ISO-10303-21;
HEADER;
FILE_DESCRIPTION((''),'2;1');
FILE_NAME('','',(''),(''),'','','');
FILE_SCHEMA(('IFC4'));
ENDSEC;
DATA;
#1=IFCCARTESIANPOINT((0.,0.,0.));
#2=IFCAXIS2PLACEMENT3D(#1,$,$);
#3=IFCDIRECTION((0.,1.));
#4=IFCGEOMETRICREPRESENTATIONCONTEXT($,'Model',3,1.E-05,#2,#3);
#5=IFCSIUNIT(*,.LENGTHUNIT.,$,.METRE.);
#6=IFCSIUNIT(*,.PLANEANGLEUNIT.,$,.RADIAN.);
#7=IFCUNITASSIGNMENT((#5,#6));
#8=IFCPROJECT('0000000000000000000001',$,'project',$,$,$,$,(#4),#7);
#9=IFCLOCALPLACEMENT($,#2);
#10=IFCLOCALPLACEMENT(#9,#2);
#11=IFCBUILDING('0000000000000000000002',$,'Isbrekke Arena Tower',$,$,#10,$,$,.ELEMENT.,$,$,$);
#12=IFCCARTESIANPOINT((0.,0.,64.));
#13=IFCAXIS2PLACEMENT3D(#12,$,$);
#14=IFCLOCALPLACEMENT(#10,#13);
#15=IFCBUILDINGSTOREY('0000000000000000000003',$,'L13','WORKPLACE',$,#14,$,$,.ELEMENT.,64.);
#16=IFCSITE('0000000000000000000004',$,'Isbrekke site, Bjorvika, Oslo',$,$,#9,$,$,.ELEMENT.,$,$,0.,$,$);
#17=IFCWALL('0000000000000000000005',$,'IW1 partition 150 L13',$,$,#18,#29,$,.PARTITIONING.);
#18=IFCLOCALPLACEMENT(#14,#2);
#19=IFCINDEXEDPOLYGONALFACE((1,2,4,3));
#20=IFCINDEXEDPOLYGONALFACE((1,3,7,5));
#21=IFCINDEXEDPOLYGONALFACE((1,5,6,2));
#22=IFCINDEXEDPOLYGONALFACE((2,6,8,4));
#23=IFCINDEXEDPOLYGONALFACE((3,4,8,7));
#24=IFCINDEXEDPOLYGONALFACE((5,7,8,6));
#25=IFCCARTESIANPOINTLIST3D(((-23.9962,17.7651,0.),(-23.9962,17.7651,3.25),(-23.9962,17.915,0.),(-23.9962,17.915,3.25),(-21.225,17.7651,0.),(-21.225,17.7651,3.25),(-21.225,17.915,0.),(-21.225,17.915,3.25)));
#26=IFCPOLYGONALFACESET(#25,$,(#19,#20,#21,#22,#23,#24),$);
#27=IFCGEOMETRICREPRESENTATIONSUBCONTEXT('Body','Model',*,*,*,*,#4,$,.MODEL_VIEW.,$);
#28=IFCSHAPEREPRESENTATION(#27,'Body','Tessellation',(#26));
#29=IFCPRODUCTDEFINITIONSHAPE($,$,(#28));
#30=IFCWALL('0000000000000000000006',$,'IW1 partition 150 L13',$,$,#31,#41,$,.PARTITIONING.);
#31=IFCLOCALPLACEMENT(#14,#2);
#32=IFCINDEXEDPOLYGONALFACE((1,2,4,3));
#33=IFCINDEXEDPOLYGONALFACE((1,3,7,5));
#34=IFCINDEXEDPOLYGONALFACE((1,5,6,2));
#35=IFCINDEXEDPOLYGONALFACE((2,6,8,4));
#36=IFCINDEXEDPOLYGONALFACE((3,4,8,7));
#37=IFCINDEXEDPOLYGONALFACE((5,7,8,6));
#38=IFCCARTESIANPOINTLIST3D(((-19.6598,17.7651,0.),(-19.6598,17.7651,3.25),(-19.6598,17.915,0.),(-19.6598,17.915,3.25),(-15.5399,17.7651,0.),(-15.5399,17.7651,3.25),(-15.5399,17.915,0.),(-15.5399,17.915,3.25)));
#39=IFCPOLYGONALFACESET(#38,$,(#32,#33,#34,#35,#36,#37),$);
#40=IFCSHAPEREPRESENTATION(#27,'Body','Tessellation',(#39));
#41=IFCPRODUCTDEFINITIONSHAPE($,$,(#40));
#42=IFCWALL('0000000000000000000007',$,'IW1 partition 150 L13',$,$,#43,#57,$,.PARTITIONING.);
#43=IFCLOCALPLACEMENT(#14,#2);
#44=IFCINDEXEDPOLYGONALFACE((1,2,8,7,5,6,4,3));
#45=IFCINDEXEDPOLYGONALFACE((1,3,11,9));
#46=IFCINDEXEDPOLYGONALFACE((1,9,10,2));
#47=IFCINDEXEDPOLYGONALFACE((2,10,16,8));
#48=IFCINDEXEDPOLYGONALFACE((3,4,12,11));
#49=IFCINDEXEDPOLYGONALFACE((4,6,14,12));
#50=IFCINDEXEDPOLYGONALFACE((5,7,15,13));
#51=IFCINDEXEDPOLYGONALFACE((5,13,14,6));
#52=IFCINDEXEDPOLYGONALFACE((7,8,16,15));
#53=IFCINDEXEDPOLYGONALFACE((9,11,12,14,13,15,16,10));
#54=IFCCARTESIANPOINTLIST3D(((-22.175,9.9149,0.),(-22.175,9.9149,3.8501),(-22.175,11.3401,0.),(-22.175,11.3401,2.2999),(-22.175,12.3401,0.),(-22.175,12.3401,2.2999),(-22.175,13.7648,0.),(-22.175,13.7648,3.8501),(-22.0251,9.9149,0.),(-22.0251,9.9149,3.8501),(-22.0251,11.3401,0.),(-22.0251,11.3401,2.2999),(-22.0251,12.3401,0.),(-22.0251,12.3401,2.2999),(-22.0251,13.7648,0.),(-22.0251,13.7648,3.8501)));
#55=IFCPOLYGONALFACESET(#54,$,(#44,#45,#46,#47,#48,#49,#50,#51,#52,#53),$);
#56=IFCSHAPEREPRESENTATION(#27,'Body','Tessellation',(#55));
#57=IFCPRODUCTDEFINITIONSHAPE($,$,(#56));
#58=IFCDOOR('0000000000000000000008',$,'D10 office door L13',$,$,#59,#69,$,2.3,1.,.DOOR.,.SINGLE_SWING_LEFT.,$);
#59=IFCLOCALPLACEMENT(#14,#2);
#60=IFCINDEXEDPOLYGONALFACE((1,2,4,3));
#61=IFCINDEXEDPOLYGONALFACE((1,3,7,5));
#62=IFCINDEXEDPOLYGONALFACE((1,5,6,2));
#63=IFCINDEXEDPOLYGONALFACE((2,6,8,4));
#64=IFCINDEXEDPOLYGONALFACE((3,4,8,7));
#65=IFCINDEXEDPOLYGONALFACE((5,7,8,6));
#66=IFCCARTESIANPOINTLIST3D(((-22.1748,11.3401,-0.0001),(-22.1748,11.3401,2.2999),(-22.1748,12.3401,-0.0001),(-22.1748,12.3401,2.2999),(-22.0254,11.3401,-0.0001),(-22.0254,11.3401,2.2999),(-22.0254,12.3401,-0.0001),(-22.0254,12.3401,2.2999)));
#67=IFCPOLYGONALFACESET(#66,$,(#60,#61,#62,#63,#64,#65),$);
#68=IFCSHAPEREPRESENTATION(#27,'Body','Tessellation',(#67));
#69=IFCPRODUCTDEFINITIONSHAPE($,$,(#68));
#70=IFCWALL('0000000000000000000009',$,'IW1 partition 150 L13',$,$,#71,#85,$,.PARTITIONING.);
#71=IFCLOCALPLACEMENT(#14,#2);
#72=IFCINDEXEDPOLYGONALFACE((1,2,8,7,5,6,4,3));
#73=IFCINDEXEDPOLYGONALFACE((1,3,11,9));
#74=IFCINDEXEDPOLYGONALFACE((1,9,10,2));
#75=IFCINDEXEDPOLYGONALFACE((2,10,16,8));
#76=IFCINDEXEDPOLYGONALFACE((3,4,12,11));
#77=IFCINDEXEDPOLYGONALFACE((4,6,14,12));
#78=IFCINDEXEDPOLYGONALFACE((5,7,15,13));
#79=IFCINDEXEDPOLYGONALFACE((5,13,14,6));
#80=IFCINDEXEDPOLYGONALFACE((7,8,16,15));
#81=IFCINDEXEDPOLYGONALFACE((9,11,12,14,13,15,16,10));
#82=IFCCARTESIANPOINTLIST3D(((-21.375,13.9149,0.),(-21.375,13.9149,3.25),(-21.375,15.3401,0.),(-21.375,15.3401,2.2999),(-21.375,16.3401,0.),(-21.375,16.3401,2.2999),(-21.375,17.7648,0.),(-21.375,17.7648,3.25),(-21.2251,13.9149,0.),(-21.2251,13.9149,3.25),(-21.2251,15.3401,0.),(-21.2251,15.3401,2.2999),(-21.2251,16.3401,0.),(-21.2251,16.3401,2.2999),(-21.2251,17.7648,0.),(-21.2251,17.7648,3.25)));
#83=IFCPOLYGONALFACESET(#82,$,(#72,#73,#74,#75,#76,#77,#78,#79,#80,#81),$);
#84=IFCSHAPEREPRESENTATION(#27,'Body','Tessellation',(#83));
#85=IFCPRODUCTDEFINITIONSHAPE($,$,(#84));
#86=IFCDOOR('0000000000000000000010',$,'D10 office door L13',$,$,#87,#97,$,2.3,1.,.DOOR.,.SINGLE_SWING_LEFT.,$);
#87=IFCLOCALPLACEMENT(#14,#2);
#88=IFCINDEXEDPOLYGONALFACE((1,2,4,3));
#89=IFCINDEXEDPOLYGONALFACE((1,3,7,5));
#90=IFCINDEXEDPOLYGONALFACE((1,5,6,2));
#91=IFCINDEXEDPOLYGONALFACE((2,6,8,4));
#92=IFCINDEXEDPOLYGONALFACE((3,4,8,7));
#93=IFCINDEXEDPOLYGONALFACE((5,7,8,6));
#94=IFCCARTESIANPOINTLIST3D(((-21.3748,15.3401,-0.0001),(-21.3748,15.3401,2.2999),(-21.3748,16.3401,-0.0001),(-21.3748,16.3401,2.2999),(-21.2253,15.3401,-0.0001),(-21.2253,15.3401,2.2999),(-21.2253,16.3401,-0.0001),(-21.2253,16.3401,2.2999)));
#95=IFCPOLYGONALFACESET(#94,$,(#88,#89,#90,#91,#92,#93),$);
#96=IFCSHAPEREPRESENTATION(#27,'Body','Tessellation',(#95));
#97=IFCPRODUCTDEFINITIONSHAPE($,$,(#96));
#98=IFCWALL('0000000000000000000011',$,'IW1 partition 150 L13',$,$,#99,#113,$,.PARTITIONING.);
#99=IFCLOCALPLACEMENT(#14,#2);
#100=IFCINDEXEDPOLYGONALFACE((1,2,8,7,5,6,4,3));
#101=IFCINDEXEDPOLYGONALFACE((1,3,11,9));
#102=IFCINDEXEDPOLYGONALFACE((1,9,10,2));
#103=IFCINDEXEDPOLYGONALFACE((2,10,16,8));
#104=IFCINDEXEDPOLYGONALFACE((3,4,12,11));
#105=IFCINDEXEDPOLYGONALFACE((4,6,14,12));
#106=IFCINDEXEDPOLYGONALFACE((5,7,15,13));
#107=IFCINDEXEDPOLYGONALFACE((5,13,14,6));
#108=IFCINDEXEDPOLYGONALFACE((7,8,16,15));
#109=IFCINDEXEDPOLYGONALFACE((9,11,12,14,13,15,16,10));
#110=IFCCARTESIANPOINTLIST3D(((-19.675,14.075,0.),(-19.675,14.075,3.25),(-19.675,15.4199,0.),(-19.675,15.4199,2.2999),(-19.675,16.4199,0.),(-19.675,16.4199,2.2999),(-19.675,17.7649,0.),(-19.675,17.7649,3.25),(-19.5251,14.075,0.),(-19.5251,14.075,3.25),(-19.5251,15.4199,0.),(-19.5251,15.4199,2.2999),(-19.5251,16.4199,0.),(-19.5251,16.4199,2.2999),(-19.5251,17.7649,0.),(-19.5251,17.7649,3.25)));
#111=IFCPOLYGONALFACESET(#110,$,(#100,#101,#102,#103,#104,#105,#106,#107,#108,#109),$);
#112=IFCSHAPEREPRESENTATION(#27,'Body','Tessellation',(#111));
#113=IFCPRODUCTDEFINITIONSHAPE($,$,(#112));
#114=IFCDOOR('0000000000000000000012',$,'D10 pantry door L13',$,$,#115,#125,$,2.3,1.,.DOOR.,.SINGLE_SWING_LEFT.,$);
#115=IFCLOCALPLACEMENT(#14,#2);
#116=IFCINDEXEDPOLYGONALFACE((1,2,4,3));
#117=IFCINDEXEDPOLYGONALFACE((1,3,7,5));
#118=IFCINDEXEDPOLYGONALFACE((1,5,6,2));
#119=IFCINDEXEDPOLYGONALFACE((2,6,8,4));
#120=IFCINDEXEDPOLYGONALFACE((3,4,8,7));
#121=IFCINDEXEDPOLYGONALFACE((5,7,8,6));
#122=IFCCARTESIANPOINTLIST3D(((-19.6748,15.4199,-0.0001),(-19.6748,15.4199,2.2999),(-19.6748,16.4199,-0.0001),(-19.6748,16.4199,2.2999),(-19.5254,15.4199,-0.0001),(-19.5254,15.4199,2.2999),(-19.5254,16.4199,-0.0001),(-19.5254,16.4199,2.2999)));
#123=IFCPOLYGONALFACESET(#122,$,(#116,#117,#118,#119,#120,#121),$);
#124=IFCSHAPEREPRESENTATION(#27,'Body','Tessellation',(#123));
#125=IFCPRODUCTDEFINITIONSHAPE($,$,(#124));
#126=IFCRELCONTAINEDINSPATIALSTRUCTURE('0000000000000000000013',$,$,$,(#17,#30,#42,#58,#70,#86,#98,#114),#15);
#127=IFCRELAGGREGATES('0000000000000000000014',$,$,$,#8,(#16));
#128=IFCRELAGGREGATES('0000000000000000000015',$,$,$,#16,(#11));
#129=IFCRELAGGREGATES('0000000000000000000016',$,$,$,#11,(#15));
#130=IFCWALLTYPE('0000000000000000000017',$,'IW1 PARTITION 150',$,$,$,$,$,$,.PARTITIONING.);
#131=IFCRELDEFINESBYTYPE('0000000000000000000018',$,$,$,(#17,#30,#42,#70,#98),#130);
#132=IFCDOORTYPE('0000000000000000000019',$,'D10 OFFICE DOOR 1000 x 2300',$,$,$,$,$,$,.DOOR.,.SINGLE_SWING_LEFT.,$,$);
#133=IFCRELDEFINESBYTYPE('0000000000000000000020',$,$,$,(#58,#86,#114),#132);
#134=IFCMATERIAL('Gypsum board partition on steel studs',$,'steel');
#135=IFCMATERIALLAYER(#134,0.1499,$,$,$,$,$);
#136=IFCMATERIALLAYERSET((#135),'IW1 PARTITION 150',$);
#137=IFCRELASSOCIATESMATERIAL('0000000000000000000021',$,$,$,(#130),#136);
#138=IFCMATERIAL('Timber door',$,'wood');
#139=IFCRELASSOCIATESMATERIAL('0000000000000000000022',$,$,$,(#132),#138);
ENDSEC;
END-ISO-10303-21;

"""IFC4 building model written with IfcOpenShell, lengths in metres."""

from ifc_helpers import new_model, si_unit, direction, frame, frame_2d, origin, place, context, subcontext, project, spatial, rectangle, extrude, material, layer, layer_set, type_object, element, fill, save


model = new_model("IFC4")

# Units and contexts
model_context = context("Model", 3, precision=1e-05, world=origin(), true_north=direction((0.0, 1.0)))
body_context = subcontext(model_context, "Body", "Model", "MODEL_VIEW")
ifc_project = project(units=[si_unit("LENGTHUNIT", "METRE"), si_unit("PLANEANGLEUNIT", "RADIAN")], contexts=[model_context])

# Site, building, storey
site_placement = place(None, origin())
site = spatial("IfcSite", under=ifc_project, at=site_placement, Name="Isbrekke site, Bjorvika, Oslo", CompositionType="ELEMENT", RefElevation=0.0)
building_placement = place(site_placement, origin())
building = spatial("IfcBuilding", under=site, at=building_placement, Name="Isbrekke Arena Tower", CompositionType="ELEMENT")
storey_placement = place(building_placement, frame((0.0, 0.0, 64.0)))
storey = spatial("IfcBuildingStorey", under=building, at=storey_placement, Name="L13", Description="WORKPLACE", CompositionType="ELEMENT", Elevation=64.0)

# Walls
ifc_material_1 = material(Name="Gypsum board partition on steel studs", Category="steel")
ifc_layer_1 = layer(ifc_material_1, 0.1499)
ifc_layer_set_1 = layer_set([ifc_layer_1], Name="IW1 PARTITION 150")
wall_type_1 = type_object("IfcWallType", Name="IW1 PARTITION 150", PredefinedType="PARTITIONING", material=ifc_layer_set_1)
wall_1_placement = place(storey_placement, frame((-23.9963, 17.8401, 0.0), z_axis=(0.0, 0.0, 1.0), x_axis=(1.0, 0.0, 0.0)))
element("IfcWall", 1, at=wall_1_placement, inside=storey, type_object=wall_type_1, Name="IW1 partition 150 L13", PredefinedType="PARTITIONING", context=body_context, shape_type="SweptSolid", body=[
    extrude(rectangle(XDim=2.7712, YDim=0.1499, at=frame_2d((1.3857, 0.0))), origin(), (0.0, 0.0, 1.0), 3.25),
])
wall_2_placement = place(storey_placement, frame((-19.6599, 17.8401, 0.0), z_axis=(0.0, 0.0, 1.0), x_axis=(1.0, 0.0, 0.0)))
element("IfcWall", 2, at=wall_2_placement, inside=storey, type_object=wall_type_1, Name="IW1 partition 150 L13", PredefinedType="PARTITIONING", context=body_context, shape_type="SweptSolid", body=[
    extrude(rectangle(XDim=4.1199, YDim=0.1499, at=frame_2d((2.0601, 0.0))), origin(), (0.0, 0.0, 1.0), 3.25),
])

# Walls, openings, doors
wall_3_placement = place(storey_placement, frame((-22.1001, 9.915, 0.0), z_axis=(0.0, 0.0, 1.0), x_axis=(0.0, 1.0, 0.0)))
wall_3 = element("IfcWall", 3, at=wall_3_placement, inside=storey, type_object=wall_type_1, Name="IW1 partition 150 L13", PredefinedType="PARTITIONING", context=body_context, shape_type="SweptSolid", body=[
    extrude(rectangle(XDim=3.8499, YDim=0.1499, at=frame_2d((1.9248, 0.0))), origin(), (0.0, 0.0, 1.0), 3.8501),
])
opening_1_placement = place(wall_3_placement, frame((1.425, 0.0, 0.0)))
opening_1 = element("IfcOpeningElement", 4, at=opening_1_placement, cuts=wall_3, PredefinedType="OPENING", context=body_context, shape_type="SweptSolid", body=[
    extrude(rectangle(XDim=1.0, YDim=2.3, at=frame_2d((0.5, 1.1499))), frame((0.0, 0.0898, 0.0), z_axis=(0.0, -1.0, 0.0), x_axis=(1.0, 0.0, 0.0)), (0.0, 0.0, 1.0), 0.1797),
])
ifc_material_2 = material(Name="Timber door", Category="wood")
door_type_1 = type_object("IfcDoorType", Name="D10 OFFICE DOOR 1000 x 2300", OperationType="SINGLE_SWING_LEFT", PredefinedType="DOOR", material=ifc_material_2)
door_1_placement = place(opening_1_placement, origin())
door_1 = element("IfcDoor", 5, at=door_1_placement, inside=storey, type_object=door_type_1, Name="D10 office door L13", OperationType="SINGLE_SWING_LEFT", OverallHeight=2.3, OverallWidth=1.0, PredefinedType="DOOR", context=body_context, shape_type="SweptSolid", body=[
    extrude(rectangle(XDim=1.0, YDim=2.3, at=frame_2d((0.5, 1.1499))), frame((0.0, 0.0747, 0.0), z_axis=(0.0, -1.0, 0.0), x_axis=(1.0, 0.0, 0.0)), (0.0, 0.0, 1.0), 0.1494),
])
fill(opening_1, door_1)
wall_4_placement = place(storey_placement, frame((-21.3, 13.915, 0.0), z_axis=(0.0, 0.0, 1.0), x_axis=(0.0, 1.0, 0.0)))
wall_4 = element("IfcWall", 6, at=wall_4_placement, inside=storey, type_object=wall_type_1, Name="IW1 partition 150 L13", PredefinedType="PARTITIONING", context=body_context, shape_type="SweptSolid", body=[
    extrude(rectangle(XDim=3.8499, YDim=0.1499, at=frame_2d((1.9248, 0.0))), origin(), (0.0, 0.0, 1.0), 3.25),
])
opening_2_placement = place(wall_4_placement, frame((1.425, 0.0, 0.0)))
opening_2 = element("IfcOpeningElement", 7, at=opening_2_placement, cuts=wall_4, PredefinedType="OPENING", context=body_context, shape_type="SweptSolid", body=[
    extrude(rectangle(XDim=1.0, YDim=2.3, at=frame_2d((0.5, 1.1499))), frame((0.0, 0.0898, 0.0), z_axis=(0.0, -1.0, 0.0), x_axis=(1.0, 0.0, 0.0)), (0.0, 0.0, 1.0), 0.1797),
])
door_2_placement = place(opening_2_placement, origin())
door_2 = element("IfcDoor", 8, at=door_2_placement, inside=storey, type_object=door_type_1, Name="D10 office door L13", OperationType="SINGLE_SWING_LEFT", OverallHeight=2.3, OverallWidth=1.0, PredefinedType="DOOR", context=body_context, shape_type="SweptSolid", body=[
    extrude(rectangle(XDim=1.0, YDim=2.3, at=frame_2d((0.5, 1.1499))), frame((0.0, 0.0747, 0.0), z_axis=(0.0, -1.0, 0.0), x_axis=(1.0, 0.0, 0.0)), (0.0, 0.0, 1.0), 0.1494),
])
fill(opening_2, door_2)
wall_5_placement = place(storey_placement, frame((-19.6001, 14.075, 0.0), z_axis=(0.0, 0.0, 1.0), x_axis=(0.0, 1.0, 0.0)))
wall_5 = element("IfcWall", 9, at=wall_5_placement, inside=storey, type_object=wall_type_1, Name="IW1 partition 150 L13", PredefinedType="PARTITIONING", context=body_context, shape_type="SweptSolid", body=[
    extrude(rectangle(XDim=3.6899, YDim=0.1499, at=frame_2d((1.845, 0.0))), origin(), (0.0, 0.0, 1.0), 3.25),
])
opening_3_placement = place(wall_5_placement, frame((1.345, 0.0, 0.0)))
opening_3 = element("IfcOpeningElement", 10, at=opening_3_placement, cuts=wall_5, PredefinedType="OPENING", context=body_context, shape_type="SweptSolid", body=[
    extrude(rectangle(XDim=1.0, YDim=2.3, at=frame_2d((0.5, 1.1499))), frame((0.0, 0.0898, 0.0), z_axis=(0.0, -1.0, 0.0), x_axis=(1.0, 0.0, 0.0)), (0.0, 0.0, 1.0), 0.1797),
])
door_3_placement = place(opening_3_placement, origin())
door_3 = element("IfcDoor", 11, at=door_3_placement, inside=storey, type_object=door_type_1, Name="D10 pantry door L13", OperationType="SINGLE_SWING_LEFT", OverallHeight=2.3, OverallWidth=1.0, PredefinedType="DOOR", context=body_context, shape_type="SweptSolid", body=[
    extrude(rectangle(XDim=1.0, YDim=2.3, at=frame_2d((0.5, 1.1499))), frame((0.0, 0.0747, 0.0), z_axis=(0.0, -1.0, 0.0), x_axis=(1.0, 0.0, 0.0)), (0.0, 0.0, 1.0), 0.1494),
])
fill(opening_3, door_3)

save(model, "model.ifc")
